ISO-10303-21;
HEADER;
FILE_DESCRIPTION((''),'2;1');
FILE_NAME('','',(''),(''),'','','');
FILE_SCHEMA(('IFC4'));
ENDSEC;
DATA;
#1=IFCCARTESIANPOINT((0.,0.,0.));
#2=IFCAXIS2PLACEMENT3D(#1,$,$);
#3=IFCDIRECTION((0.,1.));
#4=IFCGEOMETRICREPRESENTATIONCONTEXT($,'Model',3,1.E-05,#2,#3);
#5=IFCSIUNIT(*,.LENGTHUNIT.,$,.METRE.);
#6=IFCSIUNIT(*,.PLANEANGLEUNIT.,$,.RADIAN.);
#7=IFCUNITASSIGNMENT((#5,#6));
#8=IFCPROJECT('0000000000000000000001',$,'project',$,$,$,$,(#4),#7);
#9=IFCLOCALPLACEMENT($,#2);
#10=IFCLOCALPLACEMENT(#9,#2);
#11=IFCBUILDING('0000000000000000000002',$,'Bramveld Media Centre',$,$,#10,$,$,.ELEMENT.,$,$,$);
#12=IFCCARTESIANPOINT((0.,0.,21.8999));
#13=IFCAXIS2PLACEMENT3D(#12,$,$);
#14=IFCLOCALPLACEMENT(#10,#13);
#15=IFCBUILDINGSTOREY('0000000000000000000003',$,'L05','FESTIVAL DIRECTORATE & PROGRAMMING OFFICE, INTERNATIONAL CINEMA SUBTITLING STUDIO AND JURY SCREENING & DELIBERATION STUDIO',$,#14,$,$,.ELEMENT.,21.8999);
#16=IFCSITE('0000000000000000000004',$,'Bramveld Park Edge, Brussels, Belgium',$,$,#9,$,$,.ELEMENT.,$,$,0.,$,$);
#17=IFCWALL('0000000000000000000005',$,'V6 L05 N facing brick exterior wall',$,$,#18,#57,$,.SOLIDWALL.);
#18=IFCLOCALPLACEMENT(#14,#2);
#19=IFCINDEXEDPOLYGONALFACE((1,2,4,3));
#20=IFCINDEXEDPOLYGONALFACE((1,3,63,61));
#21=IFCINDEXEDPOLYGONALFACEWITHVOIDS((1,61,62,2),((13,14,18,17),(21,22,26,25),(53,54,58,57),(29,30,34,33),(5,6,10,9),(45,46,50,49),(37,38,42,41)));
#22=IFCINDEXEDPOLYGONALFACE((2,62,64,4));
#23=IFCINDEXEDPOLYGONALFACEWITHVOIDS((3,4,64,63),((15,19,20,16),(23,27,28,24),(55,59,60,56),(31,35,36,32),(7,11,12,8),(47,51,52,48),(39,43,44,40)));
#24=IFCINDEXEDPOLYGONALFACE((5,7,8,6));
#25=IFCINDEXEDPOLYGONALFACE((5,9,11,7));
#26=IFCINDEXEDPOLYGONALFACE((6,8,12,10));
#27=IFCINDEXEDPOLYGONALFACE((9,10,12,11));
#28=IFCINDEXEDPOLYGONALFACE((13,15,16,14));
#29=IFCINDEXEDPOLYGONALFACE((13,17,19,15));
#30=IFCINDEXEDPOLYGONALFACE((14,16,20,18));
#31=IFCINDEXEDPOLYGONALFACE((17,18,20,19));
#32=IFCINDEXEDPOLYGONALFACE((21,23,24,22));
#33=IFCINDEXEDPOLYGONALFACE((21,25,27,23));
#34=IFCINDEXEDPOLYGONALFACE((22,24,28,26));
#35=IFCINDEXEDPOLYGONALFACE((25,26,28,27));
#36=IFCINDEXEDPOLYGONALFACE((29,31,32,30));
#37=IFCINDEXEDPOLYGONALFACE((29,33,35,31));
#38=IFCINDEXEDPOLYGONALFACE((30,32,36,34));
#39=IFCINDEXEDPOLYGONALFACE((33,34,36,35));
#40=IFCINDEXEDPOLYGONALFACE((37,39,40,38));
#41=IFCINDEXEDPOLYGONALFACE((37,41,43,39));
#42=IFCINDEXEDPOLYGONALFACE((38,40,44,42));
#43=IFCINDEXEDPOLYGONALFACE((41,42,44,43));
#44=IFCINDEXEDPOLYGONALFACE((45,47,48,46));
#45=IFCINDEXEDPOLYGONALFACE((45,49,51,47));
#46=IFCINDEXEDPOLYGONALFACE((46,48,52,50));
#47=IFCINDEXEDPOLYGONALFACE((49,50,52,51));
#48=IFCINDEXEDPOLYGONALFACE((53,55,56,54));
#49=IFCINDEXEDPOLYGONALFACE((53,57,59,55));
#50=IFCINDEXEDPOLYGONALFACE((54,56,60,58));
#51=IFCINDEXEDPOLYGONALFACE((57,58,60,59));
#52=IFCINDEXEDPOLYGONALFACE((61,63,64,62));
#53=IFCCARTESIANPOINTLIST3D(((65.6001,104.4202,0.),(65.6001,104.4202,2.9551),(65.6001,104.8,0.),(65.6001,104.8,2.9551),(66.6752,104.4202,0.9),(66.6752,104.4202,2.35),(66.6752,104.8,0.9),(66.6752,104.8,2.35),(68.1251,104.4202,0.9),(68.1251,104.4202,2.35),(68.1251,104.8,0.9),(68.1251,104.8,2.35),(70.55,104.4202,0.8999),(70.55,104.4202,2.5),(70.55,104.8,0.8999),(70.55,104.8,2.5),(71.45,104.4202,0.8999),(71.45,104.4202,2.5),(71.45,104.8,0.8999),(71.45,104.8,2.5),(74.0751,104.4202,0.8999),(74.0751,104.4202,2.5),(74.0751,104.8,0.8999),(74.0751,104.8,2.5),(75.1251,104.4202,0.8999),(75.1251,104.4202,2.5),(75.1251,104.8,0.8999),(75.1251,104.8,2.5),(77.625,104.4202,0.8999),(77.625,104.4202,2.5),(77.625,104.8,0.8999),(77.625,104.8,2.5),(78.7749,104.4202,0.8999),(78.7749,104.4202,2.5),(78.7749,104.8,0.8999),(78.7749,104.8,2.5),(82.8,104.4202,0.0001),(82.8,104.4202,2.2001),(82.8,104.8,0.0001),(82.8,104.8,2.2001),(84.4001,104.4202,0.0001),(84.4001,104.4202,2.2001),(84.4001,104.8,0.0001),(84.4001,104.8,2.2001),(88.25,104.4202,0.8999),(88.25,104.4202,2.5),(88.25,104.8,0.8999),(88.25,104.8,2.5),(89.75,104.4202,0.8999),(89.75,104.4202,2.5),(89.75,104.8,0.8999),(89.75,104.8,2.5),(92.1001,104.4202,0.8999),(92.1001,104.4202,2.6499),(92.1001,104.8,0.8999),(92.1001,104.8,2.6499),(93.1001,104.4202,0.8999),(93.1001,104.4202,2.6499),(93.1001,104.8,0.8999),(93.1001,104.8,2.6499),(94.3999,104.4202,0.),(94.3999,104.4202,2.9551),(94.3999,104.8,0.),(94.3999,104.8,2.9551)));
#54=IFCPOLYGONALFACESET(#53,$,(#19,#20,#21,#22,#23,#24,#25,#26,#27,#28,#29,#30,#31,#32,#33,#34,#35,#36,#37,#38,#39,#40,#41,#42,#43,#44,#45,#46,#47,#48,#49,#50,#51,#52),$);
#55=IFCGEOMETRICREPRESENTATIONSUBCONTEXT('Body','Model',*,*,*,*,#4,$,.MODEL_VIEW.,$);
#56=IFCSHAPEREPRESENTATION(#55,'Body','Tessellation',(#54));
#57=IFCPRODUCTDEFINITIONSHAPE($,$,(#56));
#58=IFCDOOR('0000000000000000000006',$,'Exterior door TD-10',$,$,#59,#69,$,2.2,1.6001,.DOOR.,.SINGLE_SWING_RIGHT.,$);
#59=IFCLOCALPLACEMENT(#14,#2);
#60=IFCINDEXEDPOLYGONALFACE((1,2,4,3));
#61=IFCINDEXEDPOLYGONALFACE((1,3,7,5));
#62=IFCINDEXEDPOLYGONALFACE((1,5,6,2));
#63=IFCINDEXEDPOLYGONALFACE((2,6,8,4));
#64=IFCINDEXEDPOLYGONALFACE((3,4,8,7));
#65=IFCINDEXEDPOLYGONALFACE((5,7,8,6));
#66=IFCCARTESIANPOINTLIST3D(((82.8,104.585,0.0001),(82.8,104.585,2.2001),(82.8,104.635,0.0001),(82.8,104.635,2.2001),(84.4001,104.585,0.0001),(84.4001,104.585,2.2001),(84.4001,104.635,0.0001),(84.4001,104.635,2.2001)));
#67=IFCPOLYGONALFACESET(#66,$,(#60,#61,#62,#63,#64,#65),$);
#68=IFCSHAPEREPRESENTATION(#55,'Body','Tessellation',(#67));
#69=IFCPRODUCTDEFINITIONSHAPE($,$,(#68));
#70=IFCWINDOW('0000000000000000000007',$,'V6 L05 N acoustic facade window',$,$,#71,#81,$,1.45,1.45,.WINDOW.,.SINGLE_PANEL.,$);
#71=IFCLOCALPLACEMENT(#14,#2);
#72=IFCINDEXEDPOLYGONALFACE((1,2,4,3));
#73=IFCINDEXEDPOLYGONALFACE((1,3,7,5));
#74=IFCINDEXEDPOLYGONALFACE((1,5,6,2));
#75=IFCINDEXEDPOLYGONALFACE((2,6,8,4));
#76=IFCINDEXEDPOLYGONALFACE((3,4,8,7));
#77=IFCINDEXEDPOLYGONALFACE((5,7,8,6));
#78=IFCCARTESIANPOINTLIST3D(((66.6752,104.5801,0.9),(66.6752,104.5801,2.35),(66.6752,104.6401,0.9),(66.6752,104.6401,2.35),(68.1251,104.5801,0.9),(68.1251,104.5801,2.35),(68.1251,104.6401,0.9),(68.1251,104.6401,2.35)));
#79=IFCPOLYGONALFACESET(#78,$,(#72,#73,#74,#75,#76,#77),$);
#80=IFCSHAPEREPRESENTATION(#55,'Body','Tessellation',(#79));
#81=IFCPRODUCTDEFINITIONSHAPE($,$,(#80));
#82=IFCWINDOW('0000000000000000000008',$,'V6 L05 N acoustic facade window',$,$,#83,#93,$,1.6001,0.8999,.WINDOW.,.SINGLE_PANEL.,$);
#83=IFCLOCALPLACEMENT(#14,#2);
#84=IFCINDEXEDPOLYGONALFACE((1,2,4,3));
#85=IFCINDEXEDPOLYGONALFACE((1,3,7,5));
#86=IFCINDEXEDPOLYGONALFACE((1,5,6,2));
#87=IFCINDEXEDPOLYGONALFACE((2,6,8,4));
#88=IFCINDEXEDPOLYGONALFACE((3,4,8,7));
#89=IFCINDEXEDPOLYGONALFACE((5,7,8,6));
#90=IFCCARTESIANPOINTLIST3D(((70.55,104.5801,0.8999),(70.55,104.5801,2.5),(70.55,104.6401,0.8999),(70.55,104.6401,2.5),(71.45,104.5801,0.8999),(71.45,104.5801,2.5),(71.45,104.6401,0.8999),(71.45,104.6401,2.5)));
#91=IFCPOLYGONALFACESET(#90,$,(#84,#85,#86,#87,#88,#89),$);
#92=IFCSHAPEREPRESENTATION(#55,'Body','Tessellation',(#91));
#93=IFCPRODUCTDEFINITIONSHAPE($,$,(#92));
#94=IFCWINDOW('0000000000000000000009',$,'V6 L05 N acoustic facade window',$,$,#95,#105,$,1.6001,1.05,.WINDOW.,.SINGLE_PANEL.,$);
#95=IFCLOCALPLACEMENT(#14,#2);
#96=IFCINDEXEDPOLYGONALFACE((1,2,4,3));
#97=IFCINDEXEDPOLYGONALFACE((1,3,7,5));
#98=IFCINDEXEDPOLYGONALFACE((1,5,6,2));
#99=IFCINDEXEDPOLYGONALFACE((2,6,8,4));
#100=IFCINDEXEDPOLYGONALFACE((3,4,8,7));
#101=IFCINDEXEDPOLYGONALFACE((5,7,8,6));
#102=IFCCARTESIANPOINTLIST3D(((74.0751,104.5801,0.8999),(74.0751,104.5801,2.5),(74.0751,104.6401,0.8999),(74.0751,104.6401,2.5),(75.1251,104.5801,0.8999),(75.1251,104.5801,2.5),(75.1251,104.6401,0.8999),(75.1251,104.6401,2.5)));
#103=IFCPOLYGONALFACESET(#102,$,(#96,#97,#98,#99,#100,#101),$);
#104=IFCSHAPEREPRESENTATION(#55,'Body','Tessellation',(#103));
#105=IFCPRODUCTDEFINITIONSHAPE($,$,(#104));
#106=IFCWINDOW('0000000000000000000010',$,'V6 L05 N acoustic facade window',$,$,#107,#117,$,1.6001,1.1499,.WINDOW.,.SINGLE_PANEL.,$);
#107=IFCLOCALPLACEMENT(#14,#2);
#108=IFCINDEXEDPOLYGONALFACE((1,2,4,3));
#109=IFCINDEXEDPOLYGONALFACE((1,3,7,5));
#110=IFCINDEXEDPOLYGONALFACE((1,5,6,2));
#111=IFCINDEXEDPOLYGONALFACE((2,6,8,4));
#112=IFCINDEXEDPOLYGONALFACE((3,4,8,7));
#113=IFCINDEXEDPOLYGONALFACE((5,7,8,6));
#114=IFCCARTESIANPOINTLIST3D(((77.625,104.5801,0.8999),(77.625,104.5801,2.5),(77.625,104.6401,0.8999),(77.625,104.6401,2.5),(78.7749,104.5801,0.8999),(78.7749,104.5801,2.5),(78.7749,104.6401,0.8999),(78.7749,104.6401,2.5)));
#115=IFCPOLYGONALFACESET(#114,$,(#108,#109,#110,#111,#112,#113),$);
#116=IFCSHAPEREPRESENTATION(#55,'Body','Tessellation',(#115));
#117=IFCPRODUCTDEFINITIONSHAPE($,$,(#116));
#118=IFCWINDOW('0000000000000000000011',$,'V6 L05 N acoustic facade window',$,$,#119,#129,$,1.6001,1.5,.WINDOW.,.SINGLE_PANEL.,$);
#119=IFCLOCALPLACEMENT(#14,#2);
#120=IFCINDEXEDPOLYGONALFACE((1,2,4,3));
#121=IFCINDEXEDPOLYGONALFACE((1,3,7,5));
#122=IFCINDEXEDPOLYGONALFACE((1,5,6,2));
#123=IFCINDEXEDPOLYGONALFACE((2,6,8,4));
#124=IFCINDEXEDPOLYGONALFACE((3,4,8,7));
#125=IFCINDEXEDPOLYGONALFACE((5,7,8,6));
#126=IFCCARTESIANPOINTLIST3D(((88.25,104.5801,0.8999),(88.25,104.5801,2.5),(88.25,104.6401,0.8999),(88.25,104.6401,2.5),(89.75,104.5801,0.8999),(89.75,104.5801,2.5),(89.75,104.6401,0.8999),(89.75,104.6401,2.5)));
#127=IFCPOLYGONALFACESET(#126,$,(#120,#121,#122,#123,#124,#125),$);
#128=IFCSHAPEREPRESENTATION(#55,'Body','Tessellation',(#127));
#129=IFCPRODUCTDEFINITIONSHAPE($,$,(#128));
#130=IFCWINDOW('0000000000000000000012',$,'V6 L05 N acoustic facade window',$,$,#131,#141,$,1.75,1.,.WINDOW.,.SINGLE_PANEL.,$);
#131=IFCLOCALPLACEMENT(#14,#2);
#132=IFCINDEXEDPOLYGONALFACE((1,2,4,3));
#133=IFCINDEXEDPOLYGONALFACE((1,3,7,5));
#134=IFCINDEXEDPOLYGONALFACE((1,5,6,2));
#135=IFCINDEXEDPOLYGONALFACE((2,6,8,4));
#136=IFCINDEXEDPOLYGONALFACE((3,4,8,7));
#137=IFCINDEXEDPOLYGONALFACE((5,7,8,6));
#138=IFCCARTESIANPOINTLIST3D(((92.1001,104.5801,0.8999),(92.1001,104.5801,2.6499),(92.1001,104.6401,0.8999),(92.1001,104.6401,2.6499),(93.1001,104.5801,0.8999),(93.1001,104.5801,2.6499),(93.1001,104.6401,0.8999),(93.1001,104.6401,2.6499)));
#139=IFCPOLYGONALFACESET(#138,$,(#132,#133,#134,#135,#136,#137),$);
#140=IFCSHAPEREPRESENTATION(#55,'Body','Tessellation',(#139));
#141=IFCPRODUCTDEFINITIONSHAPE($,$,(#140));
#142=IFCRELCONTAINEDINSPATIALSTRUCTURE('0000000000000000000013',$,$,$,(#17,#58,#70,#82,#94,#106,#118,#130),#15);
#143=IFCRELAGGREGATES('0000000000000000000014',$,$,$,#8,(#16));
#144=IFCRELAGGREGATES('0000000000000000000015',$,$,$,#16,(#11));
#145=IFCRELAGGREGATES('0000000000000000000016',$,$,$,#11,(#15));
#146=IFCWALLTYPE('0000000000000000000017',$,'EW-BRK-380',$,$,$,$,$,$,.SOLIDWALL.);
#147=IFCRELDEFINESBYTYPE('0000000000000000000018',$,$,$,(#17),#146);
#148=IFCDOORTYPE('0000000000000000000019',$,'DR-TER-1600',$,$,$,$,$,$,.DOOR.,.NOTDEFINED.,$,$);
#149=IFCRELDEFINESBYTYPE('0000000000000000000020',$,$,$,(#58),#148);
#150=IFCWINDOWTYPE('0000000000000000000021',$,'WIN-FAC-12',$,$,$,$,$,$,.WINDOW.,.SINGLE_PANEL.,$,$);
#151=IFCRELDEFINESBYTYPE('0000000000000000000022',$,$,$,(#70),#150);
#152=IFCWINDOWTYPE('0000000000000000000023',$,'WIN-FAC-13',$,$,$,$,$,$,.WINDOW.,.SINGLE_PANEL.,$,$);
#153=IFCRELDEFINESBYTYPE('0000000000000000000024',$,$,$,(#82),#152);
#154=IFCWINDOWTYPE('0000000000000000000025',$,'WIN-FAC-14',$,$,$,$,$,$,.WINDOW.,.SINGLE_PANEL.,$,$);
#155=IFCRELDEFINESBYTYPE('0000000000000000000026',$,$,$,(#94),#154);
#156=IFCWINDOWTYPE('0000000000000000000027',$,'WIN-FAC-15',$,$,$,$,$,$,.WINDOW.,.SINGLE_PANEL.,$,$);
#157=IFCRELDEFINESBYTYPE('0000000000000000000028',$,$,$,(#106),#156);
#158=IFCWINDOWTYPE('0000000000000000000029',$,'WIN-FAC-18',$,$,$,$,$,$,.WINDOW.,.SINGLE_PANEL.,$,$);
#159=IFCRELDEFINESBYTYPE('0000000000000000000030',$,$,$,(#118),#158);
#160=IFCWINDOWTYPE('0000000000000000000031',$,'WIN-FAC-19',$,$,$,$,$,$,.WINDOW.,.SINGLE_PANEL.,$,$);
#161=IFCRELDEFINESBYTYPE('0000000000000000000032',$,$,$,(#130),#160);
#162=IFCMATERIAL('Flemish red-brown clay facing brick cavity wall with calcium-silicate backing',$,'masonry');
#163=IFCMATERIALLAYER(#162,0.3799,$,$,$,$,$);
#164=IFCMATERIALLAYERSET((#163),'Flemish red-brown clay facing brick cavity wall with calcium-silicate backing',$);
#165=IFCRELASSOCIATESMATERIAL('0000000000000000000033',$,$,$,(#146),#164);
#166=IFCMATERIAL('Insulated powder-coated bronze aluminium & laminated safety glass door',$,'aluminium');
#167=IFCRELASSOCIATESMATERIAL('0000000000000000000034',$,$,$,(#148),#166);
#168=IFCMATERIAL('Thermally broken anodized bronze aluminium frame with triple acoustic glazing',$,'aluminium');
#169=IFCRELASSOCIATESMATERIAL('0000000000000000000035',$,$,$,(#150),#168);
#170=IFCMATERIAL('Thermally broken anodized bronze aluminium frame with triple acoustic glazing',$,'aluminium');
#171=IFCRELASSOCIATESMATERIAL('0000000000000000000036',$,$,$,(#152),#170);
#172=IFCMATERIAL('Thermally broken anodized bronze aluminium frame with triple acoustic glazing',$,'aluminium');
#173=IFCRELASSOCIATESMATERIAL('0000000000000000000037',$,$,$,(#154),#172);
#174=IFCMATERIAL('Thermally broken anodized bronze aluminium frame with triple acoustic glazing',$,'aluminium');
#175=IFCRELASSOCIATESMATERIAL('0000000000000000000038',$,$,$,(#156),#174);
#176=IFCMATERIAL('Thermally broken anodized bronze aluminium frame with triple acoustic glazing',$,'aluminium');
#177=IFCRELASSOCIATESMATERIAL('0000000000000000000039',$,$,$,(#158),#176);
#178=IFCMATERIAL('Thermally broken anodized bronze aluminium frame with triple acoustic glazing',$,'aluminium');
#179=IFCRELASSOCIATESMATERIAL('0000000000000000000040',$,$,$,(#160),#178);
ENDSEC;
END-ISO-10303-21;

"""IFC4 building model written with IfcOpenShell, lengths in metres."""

from ifc_helpers import new_model, si_unit, direction, frame, frame_2d, origin, place, context, subcontext, project, spatial, rectangle, extrude, material, layer, layer_set, type_object, element, fill, save


model = new_model("IFC4")

# Units and contexts
model_context = context("Model", 3, precision=1e-05, world=origin(), true_north=direction((0.0, 1.0)))
body_context = subcontext(model_context, "Body", "Model", "MODEL_VIEW")
ifc_project = project(units=[si_unit("LENGTHUNIT", "METRE"), si_unit("PLANEANGLEUNIT", "RADIAN")], contexts=[model_context])

# Site, building, storey
site_placement = place(None, origin())
site = spatial("IfcSite", under=ifc_project, at=site_placement, Name="Bramveld Park Edge, Brussels, Belgium", CompositionType="ELEMENT", RefElevation=0.0)
building_placement = place(site_placement, origin())
building = spatial("IfcBuilding", under=site, at=building_placement, Name="Bramveld Media Centre", CompositionType="ELEMENT")
storey_placement = place(building_placement, frame((0.0, 0.0, 21.8999)))
storey = spatial("IfcBuildingStorey", under=building, at=storey_placement, Name="L05", Description="FESTIVAL DIRECTORATE & PROGRAMMING OFFICE, INTERNATIONAL CINEMA SUBTITLING STUDIO AND JURY SCREENING & DELIBERATION STUDIO", CompositionType="ELEMENT", Elevation=21.8999)

# Wall, openings, door, windows
ifc_material_1 = material(Name="Flemish red-brown clay facing brick cavity wall with calcium-silicate backing", Category="masonry")
ifc_layer_1 = layer(ifc_material_1, 0.3799)
ifc_layer_set_1 = layer_set([ifc_layer_1], Name="Flemish red-brown clay facing brick cavity wall with calcium-silicate backing")
wall_type_1 = type_object("IfcWallType", Name="EW-BRK-380", PredefinedType="SOLIDWALL", material=ifc_layer_set_1)
wall_1_placement = place(storey_placement, frame((65.6001, 104.6101, 0.0), z_axis=(0.0, 0.0, 1.0), x_axis=(1.0, 0.0, 0.0)))
wall_1 = element("IfcWall", 1, at=wall_1_placement, inside=storey, type_object=wall_type_1, Name="V6 L05 N facing brick exterior wall", PredefinedType="SOLIDWALL", context=body_context, shape_type="SweptSolid", body=[
    extrude(rectangle(XDim=28.7998, YDim=0.3799, at=frame_2d((14.3999, 0.0))), origin(), (0.0, 0.0, 1.0), 2.9551),
])
opening_1_placement = place(wall_1_placement, frame((17.2, 0.0, 0.0)))
opening_1 = element("IfcOpeningElement", 2, at=opening_1_placement, cuts=wall_1, PredefinedType="OPENING", context=body_context, shape_type="SweptSolid", body=[
    extrude(rectangle(XDim=1.6001, YDim=2.2, at=frame_2d((0.8, 1.1001))), frame((0.0, 0.2019, 0.0), z_axis=(0.0, -1.0, 0.0), x_axis=(1.0, 0.0, 0.0)), (0.0, 0.0, 1.0), 0.4038),
])
opening_2_placement = place(wall_1_placement, frame((1.075, 0.0, 0.8999)))
opening_2 = element("IfcOpeningElement", 3, at=opening_2_placement, cuts=wall_1, PredefinedType="OPENING", context=body_context, shape_type="SweptSolid", body=[
    extrude(rectangle(XDim=1.45, YDim=1.45, at=frame_2d((0.7251, 0.7251))), frame((0.0, 0.2019, 0.0), z_axis=(0.0, -1.0, 0.0), x_axis=(1.0, 0.0, 0.0)), (0.0, 0.0, 1.0), 0.4038),
])
opening_3_placement = place(wall_1_placement, frame((4.95, 0.0, 0.8999)))
opening_3 = element("IfcOpeningElement", 4, at=opening_3_placement, cuts=wall_1, PredefinedType="OPENING", context=body_context, shape_type="SweptSolid", body=[
    extrude(rectangle(XDim=0.8999, YDim=1.6001, at=frame_2d((0.45, 0.8))), frame((0.0, 0.2019, 0.0), z_axis=(0.0, -1.0, 0.0), x_axis=(1.0, 0.0, 0.0)), (0.0, 0.0, 1.0), 0.4038),
])
opening_4_placement = place(wall_1_placement, frame((8.4751, 0.0, 0.8999)))
opening_4 = element("IfcOpeningElement", 5, at=opening_4_placement, cuts=wall_1, PredefinedType="OPENING", context=body_context, shape_type="SweptSolid", body=[
    extrude(rectangle(XDim=1.05, YDim=1.6001, at=frame_2d((0.5249, 0.8))), frame((0.0, 0.2019, 0.0), z_axis=(0.0, -1.0, 0.0), x_axis=(1.0, 0.0, 0.0)), (0.0, 0.0, 1.0), 0.4038),
])
opening_5_placement = place(wall_1_placement, frame((12.0249, 0.0, 0.8999)))
opening_5 = element("IfcOpeningElement", 6, at=opening_5_placement, cuts=wall_1, PredefinedType="OPENING", context=body_context, shape_type="SweptSolid", body=[
    extrude(rectangle(XDim=1.1499, YDim=1.6001, at=frame_2d((0.575, 0.8))), frame((0.0, 0.2019, 0.0), z_axis=(0.0, -1.0, 0.0), x_axis=(1.0, 0.0, 0.0)), (0.0, 0.0, 1.0), 0.4038),
])
opening_6_placement = place(wall_1_placement, frame((22.6499, 0.0, 0.8999)))
opening_6 = element("IfcOpeningElement", 7, at=opening_6_placement, cuts=wall_1, PredefinedType="OPENING", context=body_context, shape_type="SweptSolid", body=[
    extrude(rectangle(XDim=1.5, YDim=1.6001, at=frame_2d((0.75, 0.8))), frame((0.0, 0.2019, 0.0), z_axis=(0.0, -1.0, 0.0), x_axis=(1.0, 0.0, 0.0)), (0.0, 0.0, 1.0), 0.4038),
])
opening_7_placement = place(wall_1_placement, frame((26.5, 0.0, 0.8999)))
opening_7 = element("IfcOpeningElement", 8, at=opening_7_placement, cuts=wall_1, PredefinedType="OPENING", context=body_context, shape_type="SweptSolid", body=[
    extrude(rectangle(XDim=1.0, YDim=1.75, at=frame_2d((0.5, 0.875))), frame((0.0, 0.2019, 0.0), z_axis=(0.0, -1.0, 0.0), x_axis=(1.0, 0.0, 0.0)), (0.0, 0.0, 1.0), 0.4038),
])
ifc_material_2 = material(Name="Insulated powder-coated bronze aluminium & laminated safety glass door", Category="aluminium")
door_type_1 = type_object("IfcDoorType", Name="DR-TER-1600", OperationType="NOTDEFINED", PredefinedType="DOOR", material=ifc_material_2)
door_1_placement = place(opening_1_placement, origin())
door_1 = element("IfcDoor", 9, at=door_1_placement, inside=storey, type_object=door_type_1, Name="Exterior door TD-10", OperationType="SINGLE_SWING_RIGHT", OverallHeight=2.2, OverallWidth=1.6001, PredefinedType="DOOR", context=body_context, shape_type="SweptSolid", body=[
    extrude(rectangle(XDim=1.6001, YDim=2.2, at=frame_2d((0.8, 1.1001))), frame((0.0, 0.0249, 0.0), z_axis=(0.0, -1.0, 0.0), x_axis=(1.0, 0.0, 0.0)), (0.0, 0.0, 1.0), 0.05),
])
fill(opening_1, door_1)
ifc_material_3 = material(Name="Thermally broken anodized bronze aluminium frame with triple acoustic glazing", Category="aluminium")
window_type_1 = type_object("IfcWindowType", Name="WIN-FAC-12", PartitioningType="SINGLE_PANEL", PredefinedType="WINDOW", material=ifc_material_3)
window_1_placement = place(opening_2_placement, origin())
window_1 = element("IfcWindow", 10, at=window_1_placement, inside=storey, type_object=window_type_1, Name="V6 L05 N acoustic facade window", OverallHeight=1.45, OverallWidth=1.45, PartitioningType="SINGLE_PANEL", PredefinedType="WINDOW", context=body_context, shape_type="SweptSolid", body=[
    extrude(rectangle(XDim=1.45, YDim=1.45, at=frame_2d((0.7251, 0.7251))), frame((0.0, 0.03, 0.0), z_axis=(0.0, -1.0, 0.0), x_axis=(1.0, 0.0, 0.0)), (0.0, 0.0, 1.0), 0.0601),
])
fill(opening_2, window_1)
ifc_material_4 = material(Name="Thermally broken anodized bronze aluminium frame with triple acoustic glazing", Category="aluminium")
window_type_2 = type_object("IfcWindowType", Name="WIN-FAC-13", PartitioningType="SINGLE_PANEL", PredefinedType="WINDOW", material=ifc_material_4)
window_2_placement = place(opening_3_placement, origin())
window_2 = element("IfcWindow", 11, at=window_2_placement, inside=storey, type_object=window_type_2, Name="V6 L05 N acoustic facade window", OverallHeight=1.6001, OverallWidth=0.8999, PartitioningType="SINGLE_PANEL", PredefinedType="WINDOW", context=body_context, shape_type="SweptSolid", body=[
    extrude(rectangle(XDim=0.8999, YDim=1.6001, at=frame_2d((0.45, 0.8))), frame((0.0, 0.03, 0.0), z_axis=(0.0, -1.0, 0.0), x_axis=(1.0, 0.0, 0.0)), (0.0, 0.0, 1.0), 0.0601),
])
fill(opening_3, window_2)
ifc_material_5 = material(Name="Thermally broken anodized bronze aluminium frame with triple acoustic glazing", Category="aluminium")
window_type_3 = type_object("IfcWindowType", Name="WIN-FAC-14", PartitioningType="SINGLE_PANEL", PredefinedType="WINDOW", material=ifc_material_5)
window_3_placement = place(opening_4_placement, origin())
window_3 = element("IfcWindow", 12, at=window_3_placement, inside=storey, type_object=window_type_3, Name="V6 L05 N acoustic facade window", OverallHeight=1.6001, OverallWidth=1.05, PartitioningType="SINGLE_PANEL", PredefinedType="WINDOW", context=body_context, shape_type="SweptSolid", body=[
    extrude(rectangle(XDim=1.05, YDim=1.6001, at=frame_2d((0.5249, 0.8))), frame((0.0, 0.03, 0.0), z_axis=(0.0, -1.0, 0.0), x_axis=(1.0, 0.0, 0.0)), (0.0, 0.0, 1.0), 0.0601),
])
fill(opening_4, window_3)
ifc_material_6 = material(Name="Thermally broken anodized bronze aluminium frame with triple acoustic glazing", Category="aluminium")
window_type_4 = type_object("IfcWindowType", Name="WIN-FAC-15", PartitioningType="SINGLE_PANEL", PredefinedType="WINDOW", material=ifc_material_6)
window_4_placement = place(opening_5_placement, origin())
window_4 = element("IfcWindow", 13, at=window_4_placement, inside=storey, type_object=window_type_4, Name="V6 L05 N acoustic facade window", OverallHeight=1.6001, OverallWidth=1.1499, PartitioningType="SINGLE_PANEL", PredefinedType="WINDOW", context=body_context, shape_type="SweptSolid", body=[
    extrude(rectangle(XDim=1.1499, YDim=1.6001, at=frame_2d((0.575, 0.8))), frame((0.0, 0.03, 0.0), z_axis=(0.0, -1.0, 0.0), x_axis=(1.0, 0.0, 0.0)), (0.0, 0.0, 1.0), 0.0601),
])
fill(opening_5, window_4)
ifc_material_7 = material(Name="Thermally broken anodized bronze aluminium frame with triple acoustic glazing", Category="aluminium")
window_type_5 = type_object("IfcWindowType", Name="WIN-FAC-18", PartitioningType="SINGLE_PANEL", PredefinedType="WINDOW", material=ifc_material_7)
window_5_placement = place(opening_6_placement, origin())
window_5 = element("IfcWindow", 14, at=window_5_placement, inside=storey, type_object=window_type_5, Name="V6 L05 N acoustic facade window", OverallHeight=1.6001, OverallWidth=1.5, PartitioningType="SINGLE_PANEL", PredefinedType="WINDOW", context=body_context, shape_type="SweptSolid", body=[
    extrude(rectangle(XDim=1.5, YDim=1.6001, at=frame_2d((0.75, 0.8))), frame((0.0, 0.03, 0.0), z_axis=(0.0, -1.0, 0.0), x_axis=(1.0, 0.0, 0.0)), (0.0, 0.0, 1.0), 0.0601),
])
fill(opening_6, window_5)
ifc_material_8 = material(Name="Thermally broken anodized bronze aluminium frame with triple acoustic glazing", Category="aluminium")
window_type_6 = type_object("IfcWindowType", Name="WIN-FAC-19", PartitioningType="SINGLE_PANEL", PredefinedType="WINDOW", material=ifc_material_8)
window_6_placement = place(opening_7_placement, origin())
window_6 = element("IfcWindow", 15, at=window_6_placement, inside=storey, type_object=window_type_6, Name="V6 L05 N acoustic facade window", OverallHeight=1.75, OverallWidth=1.0, PartitioningType="SINGLE_PANEL", PredefinedType="WINDOW", context=body_context, shape_type="SweptSolid", body=[
    extrude(rectangle(XDim=1.0, YDim=1.75, at=frame_2d((0.5, 0.875))), frame((0.0, 0.03, 0.0), z_axis=(0.0, -1.0, 0.0), x_axis=(1.0, 0.0, 0.0)), (0.0, 0.0, 1.0), 0.0601),
])
fill(opening_7, window_6)

save(model, "model.ifc")
